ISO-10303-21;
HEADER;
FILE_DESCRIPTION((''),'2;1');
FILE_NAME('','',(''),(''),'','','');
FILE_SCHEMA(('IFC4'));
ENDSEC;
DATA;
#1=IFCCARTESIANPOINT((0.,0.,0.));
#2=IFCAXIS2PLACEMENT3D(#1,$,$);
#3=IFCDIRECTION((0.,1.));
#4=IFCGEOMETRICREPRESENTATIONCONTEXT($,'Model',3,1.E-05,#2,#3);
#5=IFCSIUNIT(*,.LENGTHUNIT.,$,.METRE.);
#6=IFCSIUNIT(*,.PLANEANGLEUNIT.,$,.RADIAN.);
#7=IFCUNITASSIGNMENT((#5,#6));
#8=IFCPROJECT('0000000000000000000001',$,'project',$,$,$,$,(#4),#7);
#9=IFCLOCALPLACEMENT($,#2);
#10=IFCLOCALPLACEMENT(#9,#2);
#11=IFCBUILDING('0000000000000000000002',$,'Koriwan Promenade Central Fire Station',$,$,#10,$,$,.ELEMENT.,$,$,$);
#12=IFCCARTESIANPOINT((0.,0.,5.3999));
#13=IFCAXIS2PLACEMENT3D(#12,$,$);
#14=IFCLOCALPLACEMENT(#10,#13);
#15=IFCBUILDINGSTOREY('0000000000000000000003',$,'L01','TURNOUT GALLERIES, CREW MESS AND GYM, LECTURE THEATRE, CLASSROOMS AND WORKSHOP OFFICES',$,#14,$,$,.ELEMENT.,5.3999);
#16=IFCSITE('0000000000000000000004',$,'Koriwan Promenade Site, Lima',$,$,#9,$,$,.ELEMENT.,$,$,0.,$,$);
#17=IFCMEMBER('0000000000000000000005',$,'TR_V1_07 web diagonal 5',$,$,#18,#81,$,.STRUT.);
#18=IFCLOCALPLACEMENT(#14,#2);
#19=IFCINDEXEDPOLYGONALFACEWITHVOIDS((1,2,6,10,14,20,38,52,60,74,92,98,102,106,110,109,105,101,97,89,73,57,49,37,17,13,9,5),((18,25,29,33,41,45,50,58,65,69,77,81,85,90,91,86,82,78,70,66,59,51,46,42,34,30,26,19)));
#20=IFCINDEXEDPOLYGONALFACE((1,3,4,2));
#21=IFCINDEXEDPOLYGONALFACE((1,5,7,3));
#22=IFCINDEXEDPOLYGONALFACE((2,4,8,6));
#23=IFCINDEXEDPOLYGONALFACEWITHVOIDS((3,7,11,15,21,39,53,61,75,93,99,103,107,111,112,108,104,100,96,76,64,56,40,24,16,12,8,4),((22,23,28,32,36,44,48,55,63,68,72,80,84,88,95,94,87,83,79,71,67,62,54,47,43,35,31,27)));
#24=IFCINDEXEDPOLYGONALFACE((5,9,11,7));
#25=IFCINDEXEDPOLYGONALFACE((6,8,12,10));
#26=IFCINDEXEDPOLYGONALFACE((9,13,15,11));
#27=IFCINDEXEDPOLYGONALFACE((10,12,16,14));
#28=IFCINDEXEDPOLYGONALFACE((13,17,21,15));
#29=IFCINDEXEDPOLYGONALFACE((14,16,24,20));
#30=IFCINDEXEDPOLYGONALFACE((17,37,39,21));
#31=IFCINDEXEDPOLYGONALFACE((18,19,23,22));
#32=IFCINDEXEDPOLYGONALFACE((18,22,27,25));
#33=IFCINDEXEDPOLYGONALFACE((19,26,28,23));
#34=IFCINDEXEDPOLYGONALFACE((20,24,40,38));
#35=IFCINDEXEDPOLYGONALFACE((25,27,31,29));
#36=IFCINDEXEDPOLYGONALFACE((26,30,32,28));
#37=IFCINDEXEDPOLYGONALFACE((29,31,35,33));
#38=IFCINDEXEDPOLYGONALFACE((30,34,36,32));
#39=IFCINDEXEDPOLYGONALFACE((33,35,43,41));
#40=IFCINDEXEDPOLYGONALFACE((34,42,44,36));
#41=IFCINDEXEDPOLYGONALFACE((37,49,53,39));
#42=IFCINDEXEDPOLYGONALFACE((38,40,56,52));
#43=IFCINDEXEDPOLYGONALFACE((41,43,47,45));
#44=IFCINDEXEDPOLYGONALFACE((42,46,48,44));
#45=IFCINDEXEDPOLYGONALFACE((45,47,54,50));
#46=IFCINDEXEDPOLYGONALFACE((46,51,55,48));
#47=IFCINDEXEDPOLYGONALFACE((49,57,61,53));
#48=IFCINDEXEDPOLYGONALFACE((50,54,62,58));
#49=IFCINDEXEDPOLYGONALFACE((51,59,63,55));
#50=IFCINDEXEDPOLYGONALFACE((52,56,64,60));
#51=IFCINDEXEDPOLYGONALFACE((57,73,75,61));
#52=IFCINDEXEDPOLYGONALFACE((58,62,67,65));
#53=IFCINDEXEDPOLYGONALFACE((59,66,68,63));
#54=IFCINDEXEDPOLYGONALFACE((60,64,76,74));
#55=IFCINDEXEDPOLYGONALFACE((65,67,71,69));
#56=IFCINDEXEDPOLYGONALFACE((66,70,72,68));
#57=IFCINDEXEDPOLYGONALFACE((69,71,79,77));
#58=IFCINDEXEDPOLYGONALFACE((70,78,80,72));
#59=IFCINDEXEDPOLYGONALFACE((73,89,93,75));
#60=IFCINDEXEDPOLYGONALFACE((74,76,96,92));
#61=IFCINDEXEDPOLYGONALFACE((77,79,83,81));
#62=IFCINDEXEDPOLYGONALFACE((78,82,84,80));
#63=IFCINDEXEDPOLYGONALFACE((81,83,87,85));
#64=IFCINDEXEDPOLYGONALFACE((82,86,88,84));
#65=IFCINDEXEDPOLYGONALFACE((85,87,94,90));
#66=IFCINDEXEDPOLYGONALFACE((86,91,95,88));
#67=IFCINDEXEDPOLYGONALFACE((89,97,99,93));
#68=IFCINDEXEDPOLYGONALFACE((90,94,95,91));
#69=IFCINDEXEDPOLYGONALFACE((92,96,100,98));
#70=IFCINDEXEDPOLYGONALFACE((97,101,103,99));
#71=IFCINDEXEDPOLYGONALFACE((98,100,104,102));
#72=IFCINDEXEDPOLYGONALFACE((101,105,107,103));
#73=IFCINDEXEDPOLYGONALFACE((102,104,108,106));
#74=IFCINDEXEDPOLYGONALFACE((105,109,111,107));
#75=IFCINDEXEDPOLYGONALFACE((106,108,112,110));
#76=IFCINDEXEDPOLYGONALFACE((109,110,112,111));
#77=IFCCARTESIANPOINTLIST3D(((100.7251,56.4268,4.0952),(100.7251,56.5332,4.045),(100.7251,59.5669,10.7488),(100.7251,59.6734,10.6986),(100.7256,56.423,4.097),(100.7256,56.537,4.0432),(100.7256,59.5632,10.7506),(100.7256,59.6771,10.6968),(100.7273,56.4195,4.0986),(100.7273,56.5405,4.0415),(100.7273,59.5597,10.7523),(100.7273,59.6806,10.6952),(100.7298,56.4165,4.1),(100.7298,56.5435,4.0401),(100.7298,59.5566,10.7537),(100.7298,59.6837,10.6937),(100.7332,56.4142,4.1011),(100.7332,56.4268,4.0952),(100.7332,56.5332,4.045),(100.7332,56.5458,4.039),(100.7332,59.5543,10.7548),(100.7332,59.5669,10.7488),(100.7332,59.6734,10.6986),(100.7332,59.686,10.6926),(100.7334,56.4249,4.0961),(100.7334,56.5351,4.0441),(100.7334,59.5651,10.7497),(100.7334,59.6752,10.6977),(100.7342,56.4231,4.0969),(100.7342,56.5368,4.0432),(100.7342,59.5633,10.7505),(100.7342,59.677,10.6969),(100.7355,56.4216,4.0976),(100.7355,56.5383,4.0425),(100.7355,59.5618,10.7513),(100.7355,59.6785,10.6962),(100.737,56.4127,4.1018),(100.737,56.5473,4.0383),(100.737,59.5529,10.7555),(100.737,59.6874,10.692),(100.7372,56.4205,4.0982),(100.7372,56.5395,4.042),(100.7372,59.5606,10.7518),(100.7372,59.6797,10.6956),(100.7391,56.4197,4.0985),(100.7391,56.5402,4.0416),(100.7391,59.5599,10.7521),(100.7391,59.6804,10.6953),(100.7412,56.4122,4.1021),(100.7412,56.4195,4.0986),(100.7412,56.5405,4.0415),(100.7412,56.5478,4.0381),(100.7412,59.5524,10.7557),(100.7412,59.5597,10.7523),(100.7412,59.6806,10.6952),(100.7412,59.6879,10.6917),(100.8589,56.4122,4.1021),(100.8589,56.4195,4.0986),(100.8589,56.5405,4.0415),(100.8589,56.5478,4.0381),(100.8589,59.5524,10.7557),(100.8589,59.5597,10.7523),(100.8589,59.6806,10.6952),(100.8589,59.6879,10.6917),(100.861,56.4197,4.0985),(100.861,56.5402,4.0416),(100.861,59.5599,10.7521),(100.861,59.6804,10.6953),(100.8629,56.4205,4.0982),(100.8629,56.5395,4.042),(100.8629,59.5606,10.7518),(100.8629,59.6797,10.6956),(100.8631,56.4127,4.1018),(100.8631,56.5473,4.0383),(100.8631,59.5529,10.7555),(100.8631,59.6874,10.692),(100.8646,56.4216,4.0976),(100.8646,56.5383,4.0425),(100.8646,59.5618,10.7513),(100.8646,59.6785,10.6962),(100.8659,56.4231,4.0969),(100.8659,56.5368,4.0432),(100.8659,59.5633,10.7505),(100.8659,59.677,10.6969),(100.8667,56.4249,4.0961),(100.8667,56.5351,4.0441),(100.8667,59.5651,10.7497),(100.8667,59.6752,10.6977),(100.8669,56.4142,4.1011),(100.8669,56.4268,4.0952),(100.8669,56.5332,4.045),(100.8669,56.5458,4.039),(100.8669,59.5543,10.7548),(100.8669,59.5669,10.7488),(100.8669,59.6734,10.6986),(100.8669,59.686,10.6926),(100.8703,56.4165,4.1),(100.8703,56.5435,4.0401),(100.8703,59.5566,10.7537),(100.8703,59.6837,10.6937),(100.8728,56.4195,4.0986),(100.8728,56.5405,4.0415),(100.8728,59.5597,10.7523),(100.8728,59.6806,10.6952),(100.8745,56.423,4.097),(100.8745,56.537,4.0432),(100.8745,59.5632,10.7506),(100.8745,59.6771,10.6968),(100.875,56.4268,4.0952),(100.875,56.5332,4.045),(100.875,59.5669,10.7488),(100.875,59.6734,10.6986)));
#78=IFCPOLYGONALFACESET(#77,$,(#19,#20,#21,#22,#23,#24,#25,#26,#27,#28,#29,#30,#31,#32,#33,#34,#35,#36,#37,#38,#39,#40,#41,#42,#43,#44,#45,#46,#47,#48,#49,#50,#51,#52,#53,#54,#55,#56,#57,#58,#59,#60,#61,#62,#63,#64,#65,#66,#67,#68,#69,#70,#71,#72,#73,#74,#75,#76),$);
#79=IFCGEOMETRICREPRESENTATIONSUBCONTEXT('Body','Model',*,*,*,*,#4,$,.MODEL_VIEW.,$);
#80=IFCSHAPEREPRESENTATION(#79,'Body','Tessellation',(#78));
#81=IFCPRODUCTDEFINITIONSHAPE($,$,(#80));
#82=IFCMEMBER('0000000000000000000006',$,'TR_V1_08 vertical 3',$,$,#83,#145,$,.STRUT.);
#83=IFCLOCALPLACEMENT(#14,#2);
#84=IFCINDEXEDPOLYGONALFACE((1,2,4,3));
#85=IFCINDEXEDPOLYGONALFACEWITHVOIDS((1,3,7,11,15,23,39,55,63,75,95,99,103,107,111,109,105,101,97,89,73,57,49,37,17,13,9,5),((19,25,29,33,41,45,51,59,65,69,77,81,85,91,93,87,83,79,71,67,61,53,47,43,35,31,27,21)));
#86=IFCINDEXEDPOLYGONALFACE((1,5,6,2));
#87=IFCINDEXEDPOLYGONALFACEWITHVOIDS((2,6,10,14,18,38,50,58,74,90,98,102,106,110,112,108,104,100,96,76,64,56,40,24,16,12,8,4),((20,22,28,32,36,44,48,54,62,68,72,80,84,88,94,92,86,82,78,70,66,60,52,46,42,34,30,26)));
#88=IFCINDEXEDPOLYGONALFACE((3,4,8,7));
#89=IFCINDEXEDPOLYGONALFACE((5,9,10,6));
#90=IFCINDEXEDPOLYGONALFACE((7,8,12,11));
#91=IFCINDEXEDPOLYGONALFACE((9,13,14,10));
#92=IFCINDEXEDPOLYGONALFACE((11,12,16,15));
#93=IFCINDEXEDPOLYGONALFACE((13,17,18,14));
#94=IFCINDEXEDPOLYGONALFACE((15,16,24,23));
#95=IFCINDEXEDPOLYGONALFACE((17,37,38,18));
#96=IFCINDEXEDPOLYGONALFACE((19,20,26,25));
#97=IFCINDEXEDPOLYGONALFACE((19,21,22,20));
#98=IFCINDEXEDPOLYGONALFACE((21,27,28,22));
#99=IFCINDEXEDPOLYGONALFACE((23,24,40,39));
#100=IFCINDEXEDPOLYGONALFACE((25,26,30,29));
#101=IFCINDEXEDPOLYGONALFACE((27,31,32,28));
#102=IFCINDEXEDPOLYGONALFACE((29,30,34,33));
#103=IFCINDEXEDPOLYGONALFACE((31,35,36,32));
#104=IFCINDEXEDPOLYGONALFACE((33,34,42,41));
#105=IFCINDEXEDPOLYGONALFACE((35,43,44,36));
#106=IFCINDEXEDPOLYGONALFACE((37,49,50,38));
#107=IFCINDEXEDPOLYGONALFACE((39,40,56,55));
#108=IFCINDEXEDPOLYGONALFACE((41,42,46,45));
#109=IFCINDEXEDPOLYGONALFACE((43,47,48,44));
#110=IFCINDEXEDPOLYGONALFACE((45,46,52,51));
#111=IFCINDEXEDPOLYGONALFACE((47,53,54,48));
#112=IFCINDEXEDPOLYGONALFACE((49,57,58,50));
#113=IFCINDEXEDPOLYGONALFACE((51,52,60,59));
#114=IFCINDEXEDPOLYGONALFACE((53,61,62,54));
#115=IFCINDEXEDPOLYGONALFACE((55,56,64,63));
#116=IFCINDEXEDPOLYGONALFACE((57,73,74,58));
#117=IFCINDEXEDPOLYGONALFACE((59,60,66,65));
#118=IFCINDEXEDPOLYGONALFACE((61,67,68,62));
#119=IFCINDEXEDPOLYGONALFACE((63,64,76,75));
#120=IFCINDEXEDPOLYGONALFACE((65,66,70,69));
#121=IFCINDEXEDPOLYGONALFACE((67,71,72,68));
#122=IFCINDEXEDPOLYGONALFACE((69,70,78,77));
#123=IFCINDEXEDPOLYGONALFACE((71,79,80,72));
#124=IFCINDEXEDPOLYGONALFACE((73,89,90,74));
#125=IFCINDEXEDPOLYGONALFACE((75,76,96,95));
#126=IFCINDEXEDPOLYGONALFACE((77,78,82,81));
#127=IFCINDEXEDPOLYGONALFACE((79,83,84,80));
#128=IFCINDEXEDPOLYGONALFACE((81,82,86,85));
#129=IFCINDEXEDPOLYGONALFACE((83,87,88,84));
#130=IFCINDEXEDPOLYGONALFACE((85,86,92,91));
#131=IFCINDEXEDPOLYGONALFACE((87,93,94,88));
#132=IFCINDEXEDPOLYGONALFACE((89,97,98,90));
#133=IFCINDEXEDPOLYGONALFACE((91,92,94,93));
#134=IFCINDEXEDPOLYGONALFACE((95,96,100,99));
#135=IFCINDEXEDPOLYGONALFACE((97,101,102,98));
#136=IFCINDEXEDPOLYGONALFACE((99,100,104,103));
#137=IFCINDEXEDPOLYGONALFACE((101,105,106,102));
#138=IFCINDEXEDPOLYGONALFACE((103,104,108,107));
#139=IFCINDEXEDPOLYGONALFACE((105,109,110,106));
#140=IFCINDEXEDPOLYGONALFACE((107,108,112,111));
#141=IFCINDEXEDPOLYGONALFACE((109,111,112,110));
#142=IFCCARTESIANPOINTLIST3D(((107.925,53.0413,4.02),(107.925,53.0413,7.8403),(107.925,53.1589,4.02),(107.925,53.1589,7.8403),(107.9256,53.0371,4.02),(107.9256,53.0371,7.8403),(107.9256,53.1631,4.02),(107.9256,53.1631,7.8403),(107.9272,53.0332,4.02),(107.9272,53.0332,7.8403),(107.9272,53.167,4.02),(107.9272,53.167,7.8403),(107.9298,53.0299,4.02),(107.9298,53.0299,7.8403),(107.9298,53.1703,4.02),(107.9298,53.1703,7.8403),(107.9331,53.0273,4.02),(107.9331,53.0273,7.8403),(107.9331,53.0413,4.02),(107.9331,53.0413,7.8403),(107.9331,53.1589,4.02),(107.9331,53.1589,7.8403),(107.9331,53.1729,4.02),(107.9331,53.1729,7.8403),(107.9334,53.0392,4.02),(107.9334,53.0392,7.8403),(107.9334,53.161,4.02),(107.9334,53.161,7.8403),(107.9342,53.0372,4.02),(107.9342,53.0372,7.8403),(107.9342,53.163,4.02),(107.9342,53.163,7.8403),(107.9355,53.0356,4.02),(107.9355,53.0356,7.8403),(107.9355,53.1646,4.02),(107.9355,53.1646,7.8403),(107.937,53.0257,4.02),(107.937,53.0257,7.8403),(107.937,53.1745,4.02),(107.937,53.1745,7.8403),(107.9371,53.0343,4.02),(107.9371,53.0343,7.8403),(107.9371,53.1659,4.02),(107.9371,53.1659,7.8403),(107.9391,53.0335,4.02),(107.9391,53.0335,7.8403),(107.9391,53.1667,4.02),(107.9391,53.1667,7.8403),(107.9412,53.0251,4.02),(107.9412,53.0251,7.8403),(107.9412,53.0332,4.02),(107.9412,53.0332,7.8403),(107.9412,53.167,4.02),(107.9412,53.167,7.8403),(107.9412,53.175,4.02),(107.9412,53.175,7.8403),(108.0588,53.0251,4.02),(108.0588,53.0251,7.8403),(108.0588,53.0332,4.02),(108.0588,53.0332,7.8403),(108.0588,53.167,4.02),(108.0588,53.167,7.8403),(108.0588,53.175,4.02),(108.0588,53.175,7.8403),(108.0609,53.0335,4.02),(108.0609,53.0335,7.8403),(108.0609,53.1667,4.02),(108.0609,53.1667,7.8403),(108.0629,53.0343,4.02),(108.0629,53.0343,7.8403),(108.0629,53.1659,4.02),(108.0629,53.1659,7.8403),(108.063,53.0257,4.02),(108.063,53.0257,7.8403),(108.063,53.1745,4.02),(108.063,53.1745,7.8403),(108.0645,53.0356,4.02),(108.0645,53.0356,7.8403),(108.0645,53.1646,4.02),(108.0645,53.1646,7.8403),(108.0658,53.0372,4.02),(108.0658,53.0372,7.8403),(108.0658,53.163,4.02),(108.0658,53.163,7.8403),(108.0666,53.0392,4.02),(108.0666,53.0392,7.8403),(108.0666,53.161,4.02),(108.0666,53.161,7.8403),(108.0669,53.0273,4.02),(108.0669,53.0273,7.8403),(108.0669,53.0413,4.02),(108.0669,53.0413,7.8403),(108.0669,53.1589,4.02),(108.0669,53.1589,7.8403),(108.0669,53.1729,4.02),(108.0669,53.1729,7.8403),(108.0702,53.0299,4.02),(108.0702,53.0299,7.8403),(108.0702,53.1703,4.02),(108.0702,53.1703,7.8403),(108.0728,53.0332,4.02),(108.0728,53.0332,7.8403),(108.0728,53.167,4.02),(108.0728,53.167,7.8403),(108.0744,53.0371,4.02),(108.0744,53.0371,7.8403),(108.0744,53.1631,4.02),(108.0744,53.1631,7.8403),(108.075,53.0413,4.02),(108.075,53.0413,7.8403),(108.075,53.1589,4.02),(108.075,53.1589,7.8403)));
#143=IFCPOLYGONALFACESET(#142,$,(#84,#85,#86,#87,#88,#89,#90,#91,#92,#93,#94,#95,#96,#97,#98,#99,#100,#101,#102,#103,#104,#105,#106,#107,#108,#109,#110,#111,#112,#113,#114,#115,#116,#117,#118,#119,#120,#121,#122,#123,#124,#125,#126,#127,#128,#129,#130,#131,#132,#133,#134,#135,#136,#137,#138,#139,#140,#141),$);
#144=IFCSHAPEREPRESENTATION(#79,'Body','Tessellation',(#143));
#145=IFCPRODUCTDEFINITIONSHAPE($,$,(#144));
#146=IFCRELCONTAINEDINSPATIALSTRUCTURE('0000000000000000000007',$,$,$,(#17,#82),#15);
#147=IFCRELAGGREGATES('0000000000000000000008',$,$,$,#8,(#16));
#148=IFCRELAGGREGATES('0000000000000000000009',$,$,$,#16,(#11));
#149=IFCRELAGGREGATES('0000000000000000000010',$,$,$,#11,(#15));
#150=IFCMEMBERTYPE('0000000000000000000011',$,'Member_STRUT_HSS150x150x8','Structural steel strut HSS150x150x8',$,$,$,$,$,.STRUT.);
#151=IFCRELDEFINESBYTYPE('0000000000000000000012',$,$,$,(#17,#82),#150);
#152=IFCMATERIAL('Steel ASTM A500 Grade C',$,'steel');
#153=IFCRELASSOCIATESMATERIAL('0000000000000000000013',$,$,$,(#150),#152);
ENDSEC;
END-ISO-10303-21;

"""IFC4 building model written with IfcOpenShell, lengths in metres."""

from ifc_helpers import new_model, si_unit, direction, frame, origin, origin_2d, place, context, subcontext, project, spatial, hollow_rectangle, extrude, material, material_profile, profile_set, type_object, element, save


model = new_model("IFC4")

# Units and contexts
model_context = context("Model", 3, precision=1e-05, world=origin(), true_north=direction((0.0, 1.0)))
body_context = subcontext(model_context, "Body", "Model", "MODEL_VIEW")
ifc_project = project(units=[si_unit("LENGTHUNIT", "METRE"), si_unit("PLANEANGLEUNIT", "RADIAN")], contexts=[model_context])

# Site, building, storey
site_placement = place(None, origin())
site = spatial("IfcSite", under=ifc_project, at=site_placement, Name="Koriwan Promenade Site, Lima", CompositionType="ELEMENT", RefElevation=0.0)
building_placement = place(site_placement, origin())
building = spatial("IfcBuilding", under=site, at=building_placement, Name="Koriwan Promenade Central Fire Station", CompositionType="ELEMENT")
storey_placement = place(building_placement, frame((0.0, 0.0, 5.3999)))
storey = spatial("IfcBuildingStorey", under=building, at=storey_placement, Name="L01", Description="TURNOUT GALLERIES, CREW MESS AND GYM, LECTURE THEATRE, CLASSROOMS AND WORKSHOP OFFICES", CompositionType="ELEMENT", Elevation=5.3999)

# Members
ifc_material_1 = material(Name="Steel ASTM A500 Grade C", Category="steel")
ifc_material_profile_1 = material_profile(ifc_material_1, hollow_rectangle(XDim=0.1499, YDim=0.1499, WallThickness=0.0081, InnerFilletRadius=0.0081, OuterFilletRadius=0.0161, at=origin_2d()), Name="HSS150x150x8")
ifc_profile_set_1 = profile_set([ifc_material_profile_1], Name="Steel ASTM A500 Grade C")
member_type = type_object("IfcMemberType", Name="Member_STRUT_HSS150x150x8", Description="Structural steel strut HSS150x150x8", PredefinedType="STRUT", material=ifc_profile_set_1)
member_1_placement = place(storey_placement, frame((100.8, 56.48, 4.0701), z_axis=(0.0, 0.426804, 0.904344), x_axis=(-1.0, 0.0, 0.0)))
element("IfcMember", 1, at=member_1_placement, inside=storey, type_object=member_type, Name="TR_V1_07 web diagonal 5", PredefinedType="STRUT", context=body_context, shape_type="SweptSolid", body=[
    extrude(hollow_rectangle(XDim=0.1499, YDim=0.1499, WallThickness=0.0081, InnerFilletRadius=0.0081, OuterFilletRadius=0.0161, at=origin_2d()), origin(), (0.0, 0.0, 1.0), 7.3574),
])
member_2_placement = place(storey_placement, frame((108.0, 53.1001, 4.02), z_axis=(0.0, 0.0, 1.0), x_axis=(1.0, 0.0, 0.0)))
element("IfcMember", 2, at=member_2_placement, inside=storey, type_object=member_type, Name="TR_V1_08 vertical 3", PredefinedType="STRUT", context=body_context, shape_type="SweptSolid", body=[
    extrude(hollow_rectangle(XDim=0.1499, YDim=0.1499, WallThickness=0.0081, InnerFilletRadius=0.0081, OuterFilletRadius=0.0161, at=origin_2d()), origin(), (0.0, 0.0, 1.0), 3.8203),
])

save(model, "model.ifc")
